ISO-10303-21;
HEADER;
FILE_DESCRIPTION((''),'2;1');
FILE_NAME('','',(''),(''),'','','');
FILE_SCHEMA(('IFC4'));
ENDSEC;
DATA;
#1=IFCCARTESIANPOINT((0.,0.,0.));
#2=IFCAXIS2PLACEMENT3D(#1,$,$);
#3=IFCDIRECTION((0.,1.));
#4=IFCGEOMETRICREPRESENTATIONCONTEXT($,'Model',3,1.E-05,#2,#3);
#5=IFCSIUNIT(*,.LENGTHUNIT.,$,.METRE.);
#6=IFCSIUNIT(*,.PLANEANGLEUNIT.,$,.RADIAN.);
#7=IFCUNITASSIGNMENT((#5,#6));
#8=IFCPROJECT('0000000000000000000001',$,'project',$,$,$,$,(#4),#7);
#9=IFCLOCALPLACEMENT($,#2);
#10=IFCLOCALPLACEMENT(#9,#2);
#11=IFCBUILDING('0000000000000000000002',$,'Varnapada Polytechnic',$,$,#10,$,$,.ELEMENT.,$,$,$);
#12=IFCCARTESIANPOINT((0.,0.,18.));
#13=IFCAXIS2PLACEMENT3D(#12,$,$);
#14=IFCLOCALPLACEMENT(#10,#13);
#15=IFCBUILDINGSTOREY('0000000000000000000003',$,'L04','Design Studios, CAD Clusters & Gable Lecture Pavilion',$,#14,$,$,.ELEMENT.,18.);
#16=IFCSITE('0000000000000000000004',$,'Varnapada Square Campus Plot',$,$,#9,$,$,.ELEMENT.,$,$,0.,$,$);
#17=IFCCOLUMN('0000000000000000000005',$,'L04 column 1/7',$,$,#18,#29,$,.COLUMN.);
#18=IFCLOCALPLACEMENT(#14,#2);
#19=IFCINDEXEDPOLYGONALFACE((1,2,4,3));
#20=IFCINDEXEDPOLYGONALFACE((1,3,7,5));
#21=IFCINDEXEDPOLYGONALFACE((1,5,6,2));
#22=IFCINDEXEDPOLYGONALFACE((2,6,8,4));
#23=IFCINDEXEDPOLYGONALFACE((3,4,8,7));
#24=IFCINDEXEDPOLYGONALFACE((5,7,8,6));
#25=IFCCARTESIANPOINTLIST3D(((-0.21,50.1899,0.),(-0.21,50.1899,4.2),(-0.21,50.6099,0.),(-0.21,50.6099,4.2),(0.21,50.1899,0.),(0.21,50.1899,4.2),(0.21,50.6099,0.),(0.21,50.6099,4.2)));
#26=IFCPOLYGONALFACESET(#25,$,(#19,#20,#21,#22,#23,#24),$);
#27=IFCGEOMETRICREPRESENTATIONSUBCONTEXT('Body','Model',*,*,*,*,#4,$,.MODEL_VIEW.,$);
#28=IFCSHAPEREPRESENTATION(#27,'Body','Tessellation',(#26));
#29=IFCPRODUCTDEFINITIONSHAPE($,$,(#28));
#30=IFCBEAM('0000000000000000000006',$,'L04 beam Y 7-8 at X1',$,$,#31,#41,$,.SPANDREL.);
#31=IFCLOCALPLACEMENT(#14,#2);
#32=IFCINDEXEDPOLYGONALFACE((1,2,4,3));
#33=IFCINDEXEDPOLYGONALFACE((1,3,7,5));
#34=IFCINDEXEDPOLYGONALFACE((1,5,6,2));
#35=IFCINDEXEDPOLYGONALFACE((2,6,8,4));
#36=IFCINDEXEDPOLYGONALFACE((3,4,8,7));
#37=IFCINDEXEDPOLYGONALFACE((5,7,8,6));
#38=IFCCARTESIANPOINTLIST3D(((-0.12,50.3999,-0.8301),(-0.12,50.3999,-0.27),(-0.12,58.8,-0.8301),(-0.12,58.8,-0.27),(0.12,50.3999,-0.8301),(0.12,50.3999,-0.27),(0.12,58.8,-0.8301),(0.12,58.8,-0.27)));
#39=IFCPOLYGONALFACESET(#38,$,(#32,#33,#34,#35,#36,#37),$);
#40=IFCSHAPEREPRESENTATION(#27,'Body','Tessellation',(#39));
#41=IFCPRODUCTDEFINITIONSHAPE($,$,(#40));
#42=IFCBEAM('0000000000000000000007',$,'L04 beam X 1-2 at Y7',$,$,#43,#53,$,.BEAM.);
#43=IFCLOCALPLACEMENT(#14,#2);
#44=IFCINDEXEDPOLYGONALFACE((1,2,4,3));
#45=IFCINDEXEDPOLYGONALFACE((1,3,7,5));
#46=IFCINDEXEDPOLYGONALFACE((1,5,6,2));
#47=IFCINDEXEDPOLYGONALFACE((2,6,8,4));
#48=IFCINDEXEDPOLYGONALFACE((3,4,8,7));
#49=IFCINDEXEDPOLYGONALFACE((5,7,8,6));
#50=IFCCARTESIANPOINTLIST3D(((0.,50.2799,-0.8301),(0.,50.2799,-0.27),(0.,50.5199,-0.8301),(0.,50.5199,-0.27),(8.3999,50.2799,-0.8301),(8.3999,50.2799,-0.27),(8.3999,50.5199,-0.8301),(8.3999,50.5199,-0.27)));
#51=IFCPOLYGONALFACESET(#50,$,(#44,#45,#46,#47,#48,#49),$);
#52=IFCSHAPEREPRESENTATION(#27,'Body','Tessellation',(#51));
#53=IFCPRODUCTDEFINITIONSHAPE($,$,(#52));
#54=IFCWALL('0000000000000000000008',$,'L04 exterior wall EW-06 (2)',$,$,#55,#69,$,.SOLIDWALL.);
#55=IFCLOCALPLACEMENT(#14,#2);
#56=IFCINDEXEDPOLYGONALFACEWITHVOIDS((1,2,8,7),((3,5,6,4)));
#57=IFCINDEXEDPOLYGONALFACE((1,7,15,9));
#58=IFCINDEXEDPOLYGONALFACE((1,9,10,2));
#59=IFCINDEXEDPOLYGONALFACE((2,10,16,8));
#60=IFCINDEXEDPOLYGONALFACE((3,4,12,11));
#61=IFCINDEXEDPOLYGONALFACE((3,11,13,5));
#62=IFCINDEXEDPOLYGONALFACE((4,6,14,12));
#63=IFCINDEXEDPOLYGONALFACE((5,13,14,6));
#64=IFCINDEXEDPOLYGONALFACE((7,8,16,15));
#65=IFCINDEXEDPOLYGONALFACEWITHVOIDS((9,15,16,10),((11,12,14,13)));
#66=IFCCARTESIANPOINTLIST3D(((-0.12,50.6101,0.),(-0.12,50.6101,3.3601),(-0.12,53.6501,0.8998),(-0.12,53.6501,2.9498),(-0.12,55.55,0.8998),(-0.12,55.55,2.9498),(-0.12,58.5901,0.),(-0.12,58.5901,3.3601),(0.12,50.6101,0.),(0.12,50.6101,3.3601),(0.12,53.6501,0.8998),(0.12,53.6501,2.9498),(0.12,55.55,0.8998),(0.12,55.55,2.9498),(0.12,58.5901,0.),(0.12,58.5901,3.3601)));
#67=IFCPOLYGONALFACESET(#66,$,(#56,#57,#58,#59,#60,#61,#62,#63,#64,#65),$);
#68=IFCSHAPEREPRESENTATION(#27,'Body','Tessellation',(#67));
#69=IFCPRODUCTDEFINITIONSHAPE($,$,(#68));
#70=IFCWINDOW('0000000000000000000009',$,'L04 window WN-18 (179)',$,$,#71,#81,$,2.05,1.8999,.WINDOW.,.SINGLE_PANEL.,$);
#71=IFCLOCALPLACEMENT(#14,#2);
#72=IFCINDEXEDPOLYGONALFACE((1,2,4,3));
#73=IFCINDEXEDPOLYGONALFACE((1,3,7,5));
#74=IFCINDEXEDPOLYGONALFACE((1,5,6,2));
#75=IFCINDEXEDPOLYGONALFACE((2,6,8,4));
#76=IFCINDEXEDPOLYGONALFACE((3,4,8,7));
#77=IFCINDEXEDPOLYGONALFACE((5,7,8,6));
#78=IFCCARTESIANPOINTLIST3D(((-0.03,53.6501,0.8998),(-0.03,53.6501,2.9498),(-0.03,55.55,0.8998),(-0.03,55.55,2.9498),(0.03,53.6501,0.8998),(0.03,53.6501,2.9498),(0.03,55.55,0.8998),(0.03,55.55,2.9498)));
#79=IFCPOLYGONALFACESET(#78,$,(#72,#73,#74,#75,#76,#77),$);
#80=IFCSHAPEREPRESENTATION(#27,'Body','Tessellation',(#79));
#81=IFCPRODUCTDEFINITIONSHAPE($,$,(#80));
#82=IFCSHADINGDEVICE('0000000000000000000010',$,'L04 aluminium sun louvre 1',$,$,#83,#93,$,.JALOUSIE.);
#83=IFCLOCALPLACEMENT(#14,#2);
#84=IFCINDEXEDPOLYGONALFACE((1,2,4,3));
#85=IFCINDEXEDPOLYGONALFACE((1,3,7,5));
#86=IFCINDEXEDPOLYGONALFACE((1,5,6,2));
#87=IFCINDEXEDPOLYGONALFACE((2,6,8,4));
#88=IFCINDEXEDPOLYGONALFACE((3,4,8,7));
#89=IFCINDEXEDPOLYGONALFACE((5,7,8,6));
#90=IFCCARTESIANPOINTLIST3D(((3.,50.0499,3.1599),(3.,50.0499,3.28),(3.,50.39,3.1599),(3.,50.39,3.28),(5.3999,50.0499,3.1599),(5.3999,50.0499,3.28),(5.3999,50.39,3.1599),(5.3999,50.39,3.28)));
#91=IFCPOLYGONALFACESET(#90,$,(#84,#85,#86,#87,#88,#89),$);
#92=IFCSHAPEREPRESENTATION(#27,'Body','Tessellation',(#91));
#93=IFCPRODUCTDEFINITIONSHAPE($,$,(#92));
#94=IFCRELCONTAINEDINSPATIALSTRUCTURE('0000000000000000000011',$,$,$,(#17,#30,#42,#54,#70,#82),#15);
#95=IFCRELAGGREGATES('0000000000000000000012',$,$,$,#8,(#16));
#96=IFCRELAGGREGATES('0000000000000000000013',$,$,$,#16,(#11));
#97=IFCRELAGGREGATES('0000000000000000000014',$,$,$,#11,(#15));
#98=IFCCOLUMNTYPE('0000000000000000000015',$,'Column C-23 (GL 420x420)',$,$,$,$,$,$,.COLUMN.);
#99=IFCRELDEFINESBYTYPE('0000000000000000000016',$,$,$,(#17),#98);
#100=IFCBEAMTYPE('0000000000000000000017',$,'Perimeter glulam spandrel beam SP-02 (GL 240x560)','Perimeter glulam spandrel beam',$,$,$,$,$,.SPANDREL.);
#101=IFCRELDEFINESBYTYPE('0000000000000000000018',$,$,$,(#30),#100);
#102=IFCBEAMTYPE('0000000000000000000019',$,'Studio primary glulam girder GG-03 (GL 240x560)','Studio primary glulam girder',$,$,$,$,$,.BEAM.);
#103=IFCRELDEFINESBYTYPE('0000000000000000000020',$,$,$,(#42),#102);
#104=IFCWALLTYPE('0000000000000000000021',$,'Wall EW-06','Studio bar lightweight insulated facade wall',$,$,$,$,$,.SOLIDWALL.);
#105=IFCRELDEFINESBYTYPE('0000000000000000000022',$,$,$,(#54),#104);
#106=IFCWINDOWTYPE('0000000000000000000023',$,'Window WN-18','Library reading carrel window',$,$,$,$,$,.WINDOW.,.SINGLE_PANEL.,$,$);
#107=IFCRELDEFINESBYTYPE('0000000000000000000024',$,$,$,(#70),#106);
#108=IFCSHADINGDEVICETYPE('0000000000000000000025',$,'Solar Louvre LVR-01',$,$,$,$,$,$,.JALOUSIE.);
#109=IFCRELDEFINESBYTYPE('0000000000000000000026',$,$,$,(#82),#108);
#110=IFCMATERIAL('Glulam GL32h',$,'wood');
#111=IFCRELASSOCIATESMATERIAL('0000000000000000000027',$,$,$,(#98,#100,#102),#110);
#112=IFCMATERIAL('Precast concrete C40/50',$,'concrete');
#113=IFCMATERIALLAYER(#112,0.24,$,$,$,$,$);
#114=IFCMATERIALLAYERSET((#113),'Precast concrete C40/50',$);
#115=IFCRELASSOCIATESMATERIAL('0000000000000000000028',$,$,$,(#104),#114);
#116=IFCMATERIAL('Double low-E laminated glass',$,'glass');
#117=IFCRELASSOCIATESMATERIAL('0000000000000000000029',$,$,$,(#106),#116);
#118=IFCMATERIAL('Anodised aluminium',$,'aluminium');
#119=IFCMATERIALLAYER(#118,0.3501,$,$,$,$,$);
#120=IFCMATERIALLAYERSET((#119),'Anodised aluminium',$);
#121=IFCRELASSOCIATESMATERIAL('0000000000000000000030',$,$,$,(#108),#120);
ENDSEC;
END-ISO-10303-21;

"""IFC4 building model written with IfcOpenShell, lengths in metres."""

from ifc_helpers import new_model, si_unit, direction, frame, frame_2d, origin, origin_2d, place, context, subcontext, project, spatial, rectangle, extrude, material, layer, layer_set, material_profile, profile_set, type_object, element, fill, save


model = new_model("IFC4")

# Units and contexts
model_context = context("Model", 3, precision=1e-05, world=origin(), true_north=direction((0.0, 1.0)))
body_context = subcontext(model_context, "Body", "Model", "MODEL_VIEW")
ifc_project = project(units=[si_unit("LENGTHUNIT", "METRE"), si_unit("PLANEANGLEUNIT", "RADIAN")], contexts=[model_context])

# Site, building, storey
site_placement = place(None, origin())
site = spatial("IfcSite", under=ifc_project, at=site_placement, Name="Varnapada Square Campus Plot", CompositionType="ELEMENT", RefElevation=0.0)
building_placement = place(site_placement, origin())
building = spatial("IfcBuilding", under=site, at=building_placement, Name="Varnapada Polytechnic", CompositionType="ELEMENT")
storey_placement = place(building_placement, frame((0.0, 0.0, 18.0)))
storey = spatial("IfcBuildingStorey", under=building, at=storey_placement, Name="L04", Description="Design Studios, CAD Clusters & Gable Lecture Pavilion", CompositionType="ELEMENT", Elevation=18.0)

# Column
ifc_material_1 = material(Name="Glulam GL32h", Category="wood")
ifc_material_profile_1 = material_profile(ifc_material_1, rectangle(XDim=0.4199, YDim=0.4199, at=origin_2d()), Name="GL 420x420")
ifc_profile_set_1 = profile_set([ifc_material_profile_1], Name="Glulam GL32h")
column_type = type_object("IfcColumnType", Name="Column C-23 (GL 420x420)", PredefinedType="COLUMN", material=ifc_profile_set_1)
column_placement = place(storey_placement, frame((0.0, 50.3999, 0.0), z_axis=(0.0, 0.0, 1.0), x_axis=(1.0, 0.0, 0.0)))
element("IfcColumn", 1, at=column_placement, inside=storey, type_object=column_type, Name="L04 column 1/7", PredefinedType="COLUMN", context=body_context, shape_type="SweptSolid", body=[
    extrude(rectangle(XDim=0.4199, YDim=0.4199, at=origin_2d()), origin(), (0.0, 0.0, 1.0), 4.2),
])

# Beams
ifc_material_profile_2 = material_profile(ifc_material_1, rectangle(XDim=0.24, YDim=0.5601, at=origin_2d()), Name="GL 240x560")
ifc_profile_set_2 = profile_set([ifc_material_profile_2], Name="Glulam GL32h")
beam_type_1 = type_object("IfcBeamType", Name="Perimeter glulam spandrel beam SP-02 (GL 240x560)", Description="Perimeter glulam spandrel beam", PredefinedType="SPANDREL", material=ifc_profile_set_2)
beam_1_placement = place(storey_placement, frame((0.0, 50.3999, -0.55), z_axis=(0.0, 1.0, 0.0), x_axis=(-1.0, 0.0, 0.0)))
element("IfcBeam", 2, at=beam_1_placement, inside=storey, type_object=beam_type_1, Name="L04 beam Y 7-8 at X1", PredefinedType="SPANDREL", context=body_context, shape_type="SweptSolid", body=[
    extrude(rectangle(XDim=0.24, YDim=0.5601, at=origin_2d()), origin(), (0.0, 0.0, 1.0), 8.4001),
])
ifc_material_profile_3 = material_profile(ifc_material_1, rectangle(XDim=0.24, YDim=0.5601, at=origin_2d()), Name="GL 240x560")
ifc_profile_set_3 = profile_set([ifc_material_profile_3], Name="Glulam GL32h")
beam_type_2 = type_object("IfcBeamType", Name="Studio primary glulam girder GG-03 (GL 240x560)", Description="Studio primary glulam girder", PredefinedType="BEAM", material=ifc_profile_set_3)
beam_2_placement = place(storey_placement, frame((0.0, 50.3999, -0.55), z_axis=(1.0, 0.0, 0.0), x_axis=(0.0, 1.0, 0.0)))
element("IfcBeam", 3, at=beam_2_placement, inside=storey, type_object=beam_type_2, Name="L04 beam X 1-2 at Y7", PredefinedType="BEAM", context=body_context, shape_type="SweptSolid", body=[
    extrude(rectangle(XDim=0.24, YDim=0.5601, at=origin_2d()), origin(), (0.0, 0.0, 1.0), 8.3999),
])

# Wall, opening, window
ifc_material_2 = material(Name="Precast concrete C40/50", Category="concrete")
ifc_layer_1 = layer(ifc_material_2, 0.24)
ifc_layer_set_1 = layer_set([ifc_layer_1], Name="Precast concrete C40/50")
wall_type = type_object("IfcWallType", Name="Wall EW-06", Description="Studio bar lightweight insulated facade wall", PredefinedType="SOLIDWALL", material=ifc_layer_set_1)
wall_placement = place(storey_placement, frame((0.0, 50.6101, 0.0), z_axis=(0.0, 0.0, 1.0), x_axis=(0.0, 1.0, 0.0)))
wall = element("IfcWall", 4, at=wall_placement, inside=storey, type_object=wall_type, Name="L04 exterior wall EW-06 (2)", PredefinedType="SOLIDWALL", context=body_context, shape_type="SweptSolid", body=[
    extrude(rectangle(XDim=7.98, YDim=0.24, at=frame_2d((3.99, 0.0))), origin(), (0.0, 0.0, 1.0), 3.3601),
])
opening_1_placement = place(wall_placement, frame((3.04, 0.0, 0.8999)))
opening_1 = element("IfcOpeningElement", 5, at=opening_1_placement, cuts=wall, PredefinedType="OPENING", context=body_context, shape_type="SweptSolid", body=[
    extrude(rectangle(XDim=1.8999, YDim=2.05, at=frame_2d((0.95, 1.0249))), frame((0.0, 0.1299, 0.0), z_axis=(0.0, -1.0, 0.0), x_axis=(1.0, 0.0, 0.0)), (0.0, 0.0, 1.0), 0.26),
])
ifc_material_3 = material(Name="Double low-E laminated glass", Category="glass")
window_type = type_object("IfcWindowType", Name="Window WN-18", Description="Library reading carrel window", PartitioningType="SINGLE_PANEL", PredefinedType="WINDOW", material=ifc_material_3)
window_placement = place(opening_1_placement, origin())
window = element("IfcWindow", 6, at=window_placement, inside=storey, type_object=window_type, Name="L04 window WN-18 (179)", OverallHeight=2.05, OverallWidth=1.8999, PartitioningType="SINGLE_PANEL", PredefinedType="WINDOW", context=body_context, shape_type="SweptSolid", body=[
    extrude(rectangle(XDim=1.8999, YDim=2.05, at=frame_2d((0.95, 1.0249))), frame((0.0, 0.03, 0.0), z_axis=(0.0, -1.0, 0.0), x_axis=(1.0, 0.0, 0.0)), (0.0, 0.0, 1.0), 0.0601),
])
fill(opening_1, window)

# Shading device
ifc_material_4 = material(Name="Anodised aluminium", Category="aluminium")
ifc_layer_2 = layer(ifc_material_4, 0.3501)
ifc_layer_set_2 = layer_set([ifc_layer_2], Name="Anodised aluminium")
shading_device_type = type_object("IfcShadingDeviceType", Name="Solar Louvre LVR-01", PredefinedType="JALOUSIE", material=ifc_layer_set_2)
shading_device_placement = place(storey_placement, frame((4.2, 50.22, 3.1599), z_axis=(0.0, 0.0, 1.0), x_axis=(-1.0, 0.0, 0.0)))
element("IfcShadingDevice", 7, at=shading_device_placement, inside=storey, type_object=shading_device_type, Name="L04 aluminium sun louvre 1", PredefinedType="JALOUSIE", context=body_context, shape_type="SweptSolid", body=[
    extrude(rectangle(XDim=2.3999, YDim=0.3401, at=origin_2d()), origin(), (0.0, 0.0, 1.0), 0.1201),
])

save(model, "model.ifc")
